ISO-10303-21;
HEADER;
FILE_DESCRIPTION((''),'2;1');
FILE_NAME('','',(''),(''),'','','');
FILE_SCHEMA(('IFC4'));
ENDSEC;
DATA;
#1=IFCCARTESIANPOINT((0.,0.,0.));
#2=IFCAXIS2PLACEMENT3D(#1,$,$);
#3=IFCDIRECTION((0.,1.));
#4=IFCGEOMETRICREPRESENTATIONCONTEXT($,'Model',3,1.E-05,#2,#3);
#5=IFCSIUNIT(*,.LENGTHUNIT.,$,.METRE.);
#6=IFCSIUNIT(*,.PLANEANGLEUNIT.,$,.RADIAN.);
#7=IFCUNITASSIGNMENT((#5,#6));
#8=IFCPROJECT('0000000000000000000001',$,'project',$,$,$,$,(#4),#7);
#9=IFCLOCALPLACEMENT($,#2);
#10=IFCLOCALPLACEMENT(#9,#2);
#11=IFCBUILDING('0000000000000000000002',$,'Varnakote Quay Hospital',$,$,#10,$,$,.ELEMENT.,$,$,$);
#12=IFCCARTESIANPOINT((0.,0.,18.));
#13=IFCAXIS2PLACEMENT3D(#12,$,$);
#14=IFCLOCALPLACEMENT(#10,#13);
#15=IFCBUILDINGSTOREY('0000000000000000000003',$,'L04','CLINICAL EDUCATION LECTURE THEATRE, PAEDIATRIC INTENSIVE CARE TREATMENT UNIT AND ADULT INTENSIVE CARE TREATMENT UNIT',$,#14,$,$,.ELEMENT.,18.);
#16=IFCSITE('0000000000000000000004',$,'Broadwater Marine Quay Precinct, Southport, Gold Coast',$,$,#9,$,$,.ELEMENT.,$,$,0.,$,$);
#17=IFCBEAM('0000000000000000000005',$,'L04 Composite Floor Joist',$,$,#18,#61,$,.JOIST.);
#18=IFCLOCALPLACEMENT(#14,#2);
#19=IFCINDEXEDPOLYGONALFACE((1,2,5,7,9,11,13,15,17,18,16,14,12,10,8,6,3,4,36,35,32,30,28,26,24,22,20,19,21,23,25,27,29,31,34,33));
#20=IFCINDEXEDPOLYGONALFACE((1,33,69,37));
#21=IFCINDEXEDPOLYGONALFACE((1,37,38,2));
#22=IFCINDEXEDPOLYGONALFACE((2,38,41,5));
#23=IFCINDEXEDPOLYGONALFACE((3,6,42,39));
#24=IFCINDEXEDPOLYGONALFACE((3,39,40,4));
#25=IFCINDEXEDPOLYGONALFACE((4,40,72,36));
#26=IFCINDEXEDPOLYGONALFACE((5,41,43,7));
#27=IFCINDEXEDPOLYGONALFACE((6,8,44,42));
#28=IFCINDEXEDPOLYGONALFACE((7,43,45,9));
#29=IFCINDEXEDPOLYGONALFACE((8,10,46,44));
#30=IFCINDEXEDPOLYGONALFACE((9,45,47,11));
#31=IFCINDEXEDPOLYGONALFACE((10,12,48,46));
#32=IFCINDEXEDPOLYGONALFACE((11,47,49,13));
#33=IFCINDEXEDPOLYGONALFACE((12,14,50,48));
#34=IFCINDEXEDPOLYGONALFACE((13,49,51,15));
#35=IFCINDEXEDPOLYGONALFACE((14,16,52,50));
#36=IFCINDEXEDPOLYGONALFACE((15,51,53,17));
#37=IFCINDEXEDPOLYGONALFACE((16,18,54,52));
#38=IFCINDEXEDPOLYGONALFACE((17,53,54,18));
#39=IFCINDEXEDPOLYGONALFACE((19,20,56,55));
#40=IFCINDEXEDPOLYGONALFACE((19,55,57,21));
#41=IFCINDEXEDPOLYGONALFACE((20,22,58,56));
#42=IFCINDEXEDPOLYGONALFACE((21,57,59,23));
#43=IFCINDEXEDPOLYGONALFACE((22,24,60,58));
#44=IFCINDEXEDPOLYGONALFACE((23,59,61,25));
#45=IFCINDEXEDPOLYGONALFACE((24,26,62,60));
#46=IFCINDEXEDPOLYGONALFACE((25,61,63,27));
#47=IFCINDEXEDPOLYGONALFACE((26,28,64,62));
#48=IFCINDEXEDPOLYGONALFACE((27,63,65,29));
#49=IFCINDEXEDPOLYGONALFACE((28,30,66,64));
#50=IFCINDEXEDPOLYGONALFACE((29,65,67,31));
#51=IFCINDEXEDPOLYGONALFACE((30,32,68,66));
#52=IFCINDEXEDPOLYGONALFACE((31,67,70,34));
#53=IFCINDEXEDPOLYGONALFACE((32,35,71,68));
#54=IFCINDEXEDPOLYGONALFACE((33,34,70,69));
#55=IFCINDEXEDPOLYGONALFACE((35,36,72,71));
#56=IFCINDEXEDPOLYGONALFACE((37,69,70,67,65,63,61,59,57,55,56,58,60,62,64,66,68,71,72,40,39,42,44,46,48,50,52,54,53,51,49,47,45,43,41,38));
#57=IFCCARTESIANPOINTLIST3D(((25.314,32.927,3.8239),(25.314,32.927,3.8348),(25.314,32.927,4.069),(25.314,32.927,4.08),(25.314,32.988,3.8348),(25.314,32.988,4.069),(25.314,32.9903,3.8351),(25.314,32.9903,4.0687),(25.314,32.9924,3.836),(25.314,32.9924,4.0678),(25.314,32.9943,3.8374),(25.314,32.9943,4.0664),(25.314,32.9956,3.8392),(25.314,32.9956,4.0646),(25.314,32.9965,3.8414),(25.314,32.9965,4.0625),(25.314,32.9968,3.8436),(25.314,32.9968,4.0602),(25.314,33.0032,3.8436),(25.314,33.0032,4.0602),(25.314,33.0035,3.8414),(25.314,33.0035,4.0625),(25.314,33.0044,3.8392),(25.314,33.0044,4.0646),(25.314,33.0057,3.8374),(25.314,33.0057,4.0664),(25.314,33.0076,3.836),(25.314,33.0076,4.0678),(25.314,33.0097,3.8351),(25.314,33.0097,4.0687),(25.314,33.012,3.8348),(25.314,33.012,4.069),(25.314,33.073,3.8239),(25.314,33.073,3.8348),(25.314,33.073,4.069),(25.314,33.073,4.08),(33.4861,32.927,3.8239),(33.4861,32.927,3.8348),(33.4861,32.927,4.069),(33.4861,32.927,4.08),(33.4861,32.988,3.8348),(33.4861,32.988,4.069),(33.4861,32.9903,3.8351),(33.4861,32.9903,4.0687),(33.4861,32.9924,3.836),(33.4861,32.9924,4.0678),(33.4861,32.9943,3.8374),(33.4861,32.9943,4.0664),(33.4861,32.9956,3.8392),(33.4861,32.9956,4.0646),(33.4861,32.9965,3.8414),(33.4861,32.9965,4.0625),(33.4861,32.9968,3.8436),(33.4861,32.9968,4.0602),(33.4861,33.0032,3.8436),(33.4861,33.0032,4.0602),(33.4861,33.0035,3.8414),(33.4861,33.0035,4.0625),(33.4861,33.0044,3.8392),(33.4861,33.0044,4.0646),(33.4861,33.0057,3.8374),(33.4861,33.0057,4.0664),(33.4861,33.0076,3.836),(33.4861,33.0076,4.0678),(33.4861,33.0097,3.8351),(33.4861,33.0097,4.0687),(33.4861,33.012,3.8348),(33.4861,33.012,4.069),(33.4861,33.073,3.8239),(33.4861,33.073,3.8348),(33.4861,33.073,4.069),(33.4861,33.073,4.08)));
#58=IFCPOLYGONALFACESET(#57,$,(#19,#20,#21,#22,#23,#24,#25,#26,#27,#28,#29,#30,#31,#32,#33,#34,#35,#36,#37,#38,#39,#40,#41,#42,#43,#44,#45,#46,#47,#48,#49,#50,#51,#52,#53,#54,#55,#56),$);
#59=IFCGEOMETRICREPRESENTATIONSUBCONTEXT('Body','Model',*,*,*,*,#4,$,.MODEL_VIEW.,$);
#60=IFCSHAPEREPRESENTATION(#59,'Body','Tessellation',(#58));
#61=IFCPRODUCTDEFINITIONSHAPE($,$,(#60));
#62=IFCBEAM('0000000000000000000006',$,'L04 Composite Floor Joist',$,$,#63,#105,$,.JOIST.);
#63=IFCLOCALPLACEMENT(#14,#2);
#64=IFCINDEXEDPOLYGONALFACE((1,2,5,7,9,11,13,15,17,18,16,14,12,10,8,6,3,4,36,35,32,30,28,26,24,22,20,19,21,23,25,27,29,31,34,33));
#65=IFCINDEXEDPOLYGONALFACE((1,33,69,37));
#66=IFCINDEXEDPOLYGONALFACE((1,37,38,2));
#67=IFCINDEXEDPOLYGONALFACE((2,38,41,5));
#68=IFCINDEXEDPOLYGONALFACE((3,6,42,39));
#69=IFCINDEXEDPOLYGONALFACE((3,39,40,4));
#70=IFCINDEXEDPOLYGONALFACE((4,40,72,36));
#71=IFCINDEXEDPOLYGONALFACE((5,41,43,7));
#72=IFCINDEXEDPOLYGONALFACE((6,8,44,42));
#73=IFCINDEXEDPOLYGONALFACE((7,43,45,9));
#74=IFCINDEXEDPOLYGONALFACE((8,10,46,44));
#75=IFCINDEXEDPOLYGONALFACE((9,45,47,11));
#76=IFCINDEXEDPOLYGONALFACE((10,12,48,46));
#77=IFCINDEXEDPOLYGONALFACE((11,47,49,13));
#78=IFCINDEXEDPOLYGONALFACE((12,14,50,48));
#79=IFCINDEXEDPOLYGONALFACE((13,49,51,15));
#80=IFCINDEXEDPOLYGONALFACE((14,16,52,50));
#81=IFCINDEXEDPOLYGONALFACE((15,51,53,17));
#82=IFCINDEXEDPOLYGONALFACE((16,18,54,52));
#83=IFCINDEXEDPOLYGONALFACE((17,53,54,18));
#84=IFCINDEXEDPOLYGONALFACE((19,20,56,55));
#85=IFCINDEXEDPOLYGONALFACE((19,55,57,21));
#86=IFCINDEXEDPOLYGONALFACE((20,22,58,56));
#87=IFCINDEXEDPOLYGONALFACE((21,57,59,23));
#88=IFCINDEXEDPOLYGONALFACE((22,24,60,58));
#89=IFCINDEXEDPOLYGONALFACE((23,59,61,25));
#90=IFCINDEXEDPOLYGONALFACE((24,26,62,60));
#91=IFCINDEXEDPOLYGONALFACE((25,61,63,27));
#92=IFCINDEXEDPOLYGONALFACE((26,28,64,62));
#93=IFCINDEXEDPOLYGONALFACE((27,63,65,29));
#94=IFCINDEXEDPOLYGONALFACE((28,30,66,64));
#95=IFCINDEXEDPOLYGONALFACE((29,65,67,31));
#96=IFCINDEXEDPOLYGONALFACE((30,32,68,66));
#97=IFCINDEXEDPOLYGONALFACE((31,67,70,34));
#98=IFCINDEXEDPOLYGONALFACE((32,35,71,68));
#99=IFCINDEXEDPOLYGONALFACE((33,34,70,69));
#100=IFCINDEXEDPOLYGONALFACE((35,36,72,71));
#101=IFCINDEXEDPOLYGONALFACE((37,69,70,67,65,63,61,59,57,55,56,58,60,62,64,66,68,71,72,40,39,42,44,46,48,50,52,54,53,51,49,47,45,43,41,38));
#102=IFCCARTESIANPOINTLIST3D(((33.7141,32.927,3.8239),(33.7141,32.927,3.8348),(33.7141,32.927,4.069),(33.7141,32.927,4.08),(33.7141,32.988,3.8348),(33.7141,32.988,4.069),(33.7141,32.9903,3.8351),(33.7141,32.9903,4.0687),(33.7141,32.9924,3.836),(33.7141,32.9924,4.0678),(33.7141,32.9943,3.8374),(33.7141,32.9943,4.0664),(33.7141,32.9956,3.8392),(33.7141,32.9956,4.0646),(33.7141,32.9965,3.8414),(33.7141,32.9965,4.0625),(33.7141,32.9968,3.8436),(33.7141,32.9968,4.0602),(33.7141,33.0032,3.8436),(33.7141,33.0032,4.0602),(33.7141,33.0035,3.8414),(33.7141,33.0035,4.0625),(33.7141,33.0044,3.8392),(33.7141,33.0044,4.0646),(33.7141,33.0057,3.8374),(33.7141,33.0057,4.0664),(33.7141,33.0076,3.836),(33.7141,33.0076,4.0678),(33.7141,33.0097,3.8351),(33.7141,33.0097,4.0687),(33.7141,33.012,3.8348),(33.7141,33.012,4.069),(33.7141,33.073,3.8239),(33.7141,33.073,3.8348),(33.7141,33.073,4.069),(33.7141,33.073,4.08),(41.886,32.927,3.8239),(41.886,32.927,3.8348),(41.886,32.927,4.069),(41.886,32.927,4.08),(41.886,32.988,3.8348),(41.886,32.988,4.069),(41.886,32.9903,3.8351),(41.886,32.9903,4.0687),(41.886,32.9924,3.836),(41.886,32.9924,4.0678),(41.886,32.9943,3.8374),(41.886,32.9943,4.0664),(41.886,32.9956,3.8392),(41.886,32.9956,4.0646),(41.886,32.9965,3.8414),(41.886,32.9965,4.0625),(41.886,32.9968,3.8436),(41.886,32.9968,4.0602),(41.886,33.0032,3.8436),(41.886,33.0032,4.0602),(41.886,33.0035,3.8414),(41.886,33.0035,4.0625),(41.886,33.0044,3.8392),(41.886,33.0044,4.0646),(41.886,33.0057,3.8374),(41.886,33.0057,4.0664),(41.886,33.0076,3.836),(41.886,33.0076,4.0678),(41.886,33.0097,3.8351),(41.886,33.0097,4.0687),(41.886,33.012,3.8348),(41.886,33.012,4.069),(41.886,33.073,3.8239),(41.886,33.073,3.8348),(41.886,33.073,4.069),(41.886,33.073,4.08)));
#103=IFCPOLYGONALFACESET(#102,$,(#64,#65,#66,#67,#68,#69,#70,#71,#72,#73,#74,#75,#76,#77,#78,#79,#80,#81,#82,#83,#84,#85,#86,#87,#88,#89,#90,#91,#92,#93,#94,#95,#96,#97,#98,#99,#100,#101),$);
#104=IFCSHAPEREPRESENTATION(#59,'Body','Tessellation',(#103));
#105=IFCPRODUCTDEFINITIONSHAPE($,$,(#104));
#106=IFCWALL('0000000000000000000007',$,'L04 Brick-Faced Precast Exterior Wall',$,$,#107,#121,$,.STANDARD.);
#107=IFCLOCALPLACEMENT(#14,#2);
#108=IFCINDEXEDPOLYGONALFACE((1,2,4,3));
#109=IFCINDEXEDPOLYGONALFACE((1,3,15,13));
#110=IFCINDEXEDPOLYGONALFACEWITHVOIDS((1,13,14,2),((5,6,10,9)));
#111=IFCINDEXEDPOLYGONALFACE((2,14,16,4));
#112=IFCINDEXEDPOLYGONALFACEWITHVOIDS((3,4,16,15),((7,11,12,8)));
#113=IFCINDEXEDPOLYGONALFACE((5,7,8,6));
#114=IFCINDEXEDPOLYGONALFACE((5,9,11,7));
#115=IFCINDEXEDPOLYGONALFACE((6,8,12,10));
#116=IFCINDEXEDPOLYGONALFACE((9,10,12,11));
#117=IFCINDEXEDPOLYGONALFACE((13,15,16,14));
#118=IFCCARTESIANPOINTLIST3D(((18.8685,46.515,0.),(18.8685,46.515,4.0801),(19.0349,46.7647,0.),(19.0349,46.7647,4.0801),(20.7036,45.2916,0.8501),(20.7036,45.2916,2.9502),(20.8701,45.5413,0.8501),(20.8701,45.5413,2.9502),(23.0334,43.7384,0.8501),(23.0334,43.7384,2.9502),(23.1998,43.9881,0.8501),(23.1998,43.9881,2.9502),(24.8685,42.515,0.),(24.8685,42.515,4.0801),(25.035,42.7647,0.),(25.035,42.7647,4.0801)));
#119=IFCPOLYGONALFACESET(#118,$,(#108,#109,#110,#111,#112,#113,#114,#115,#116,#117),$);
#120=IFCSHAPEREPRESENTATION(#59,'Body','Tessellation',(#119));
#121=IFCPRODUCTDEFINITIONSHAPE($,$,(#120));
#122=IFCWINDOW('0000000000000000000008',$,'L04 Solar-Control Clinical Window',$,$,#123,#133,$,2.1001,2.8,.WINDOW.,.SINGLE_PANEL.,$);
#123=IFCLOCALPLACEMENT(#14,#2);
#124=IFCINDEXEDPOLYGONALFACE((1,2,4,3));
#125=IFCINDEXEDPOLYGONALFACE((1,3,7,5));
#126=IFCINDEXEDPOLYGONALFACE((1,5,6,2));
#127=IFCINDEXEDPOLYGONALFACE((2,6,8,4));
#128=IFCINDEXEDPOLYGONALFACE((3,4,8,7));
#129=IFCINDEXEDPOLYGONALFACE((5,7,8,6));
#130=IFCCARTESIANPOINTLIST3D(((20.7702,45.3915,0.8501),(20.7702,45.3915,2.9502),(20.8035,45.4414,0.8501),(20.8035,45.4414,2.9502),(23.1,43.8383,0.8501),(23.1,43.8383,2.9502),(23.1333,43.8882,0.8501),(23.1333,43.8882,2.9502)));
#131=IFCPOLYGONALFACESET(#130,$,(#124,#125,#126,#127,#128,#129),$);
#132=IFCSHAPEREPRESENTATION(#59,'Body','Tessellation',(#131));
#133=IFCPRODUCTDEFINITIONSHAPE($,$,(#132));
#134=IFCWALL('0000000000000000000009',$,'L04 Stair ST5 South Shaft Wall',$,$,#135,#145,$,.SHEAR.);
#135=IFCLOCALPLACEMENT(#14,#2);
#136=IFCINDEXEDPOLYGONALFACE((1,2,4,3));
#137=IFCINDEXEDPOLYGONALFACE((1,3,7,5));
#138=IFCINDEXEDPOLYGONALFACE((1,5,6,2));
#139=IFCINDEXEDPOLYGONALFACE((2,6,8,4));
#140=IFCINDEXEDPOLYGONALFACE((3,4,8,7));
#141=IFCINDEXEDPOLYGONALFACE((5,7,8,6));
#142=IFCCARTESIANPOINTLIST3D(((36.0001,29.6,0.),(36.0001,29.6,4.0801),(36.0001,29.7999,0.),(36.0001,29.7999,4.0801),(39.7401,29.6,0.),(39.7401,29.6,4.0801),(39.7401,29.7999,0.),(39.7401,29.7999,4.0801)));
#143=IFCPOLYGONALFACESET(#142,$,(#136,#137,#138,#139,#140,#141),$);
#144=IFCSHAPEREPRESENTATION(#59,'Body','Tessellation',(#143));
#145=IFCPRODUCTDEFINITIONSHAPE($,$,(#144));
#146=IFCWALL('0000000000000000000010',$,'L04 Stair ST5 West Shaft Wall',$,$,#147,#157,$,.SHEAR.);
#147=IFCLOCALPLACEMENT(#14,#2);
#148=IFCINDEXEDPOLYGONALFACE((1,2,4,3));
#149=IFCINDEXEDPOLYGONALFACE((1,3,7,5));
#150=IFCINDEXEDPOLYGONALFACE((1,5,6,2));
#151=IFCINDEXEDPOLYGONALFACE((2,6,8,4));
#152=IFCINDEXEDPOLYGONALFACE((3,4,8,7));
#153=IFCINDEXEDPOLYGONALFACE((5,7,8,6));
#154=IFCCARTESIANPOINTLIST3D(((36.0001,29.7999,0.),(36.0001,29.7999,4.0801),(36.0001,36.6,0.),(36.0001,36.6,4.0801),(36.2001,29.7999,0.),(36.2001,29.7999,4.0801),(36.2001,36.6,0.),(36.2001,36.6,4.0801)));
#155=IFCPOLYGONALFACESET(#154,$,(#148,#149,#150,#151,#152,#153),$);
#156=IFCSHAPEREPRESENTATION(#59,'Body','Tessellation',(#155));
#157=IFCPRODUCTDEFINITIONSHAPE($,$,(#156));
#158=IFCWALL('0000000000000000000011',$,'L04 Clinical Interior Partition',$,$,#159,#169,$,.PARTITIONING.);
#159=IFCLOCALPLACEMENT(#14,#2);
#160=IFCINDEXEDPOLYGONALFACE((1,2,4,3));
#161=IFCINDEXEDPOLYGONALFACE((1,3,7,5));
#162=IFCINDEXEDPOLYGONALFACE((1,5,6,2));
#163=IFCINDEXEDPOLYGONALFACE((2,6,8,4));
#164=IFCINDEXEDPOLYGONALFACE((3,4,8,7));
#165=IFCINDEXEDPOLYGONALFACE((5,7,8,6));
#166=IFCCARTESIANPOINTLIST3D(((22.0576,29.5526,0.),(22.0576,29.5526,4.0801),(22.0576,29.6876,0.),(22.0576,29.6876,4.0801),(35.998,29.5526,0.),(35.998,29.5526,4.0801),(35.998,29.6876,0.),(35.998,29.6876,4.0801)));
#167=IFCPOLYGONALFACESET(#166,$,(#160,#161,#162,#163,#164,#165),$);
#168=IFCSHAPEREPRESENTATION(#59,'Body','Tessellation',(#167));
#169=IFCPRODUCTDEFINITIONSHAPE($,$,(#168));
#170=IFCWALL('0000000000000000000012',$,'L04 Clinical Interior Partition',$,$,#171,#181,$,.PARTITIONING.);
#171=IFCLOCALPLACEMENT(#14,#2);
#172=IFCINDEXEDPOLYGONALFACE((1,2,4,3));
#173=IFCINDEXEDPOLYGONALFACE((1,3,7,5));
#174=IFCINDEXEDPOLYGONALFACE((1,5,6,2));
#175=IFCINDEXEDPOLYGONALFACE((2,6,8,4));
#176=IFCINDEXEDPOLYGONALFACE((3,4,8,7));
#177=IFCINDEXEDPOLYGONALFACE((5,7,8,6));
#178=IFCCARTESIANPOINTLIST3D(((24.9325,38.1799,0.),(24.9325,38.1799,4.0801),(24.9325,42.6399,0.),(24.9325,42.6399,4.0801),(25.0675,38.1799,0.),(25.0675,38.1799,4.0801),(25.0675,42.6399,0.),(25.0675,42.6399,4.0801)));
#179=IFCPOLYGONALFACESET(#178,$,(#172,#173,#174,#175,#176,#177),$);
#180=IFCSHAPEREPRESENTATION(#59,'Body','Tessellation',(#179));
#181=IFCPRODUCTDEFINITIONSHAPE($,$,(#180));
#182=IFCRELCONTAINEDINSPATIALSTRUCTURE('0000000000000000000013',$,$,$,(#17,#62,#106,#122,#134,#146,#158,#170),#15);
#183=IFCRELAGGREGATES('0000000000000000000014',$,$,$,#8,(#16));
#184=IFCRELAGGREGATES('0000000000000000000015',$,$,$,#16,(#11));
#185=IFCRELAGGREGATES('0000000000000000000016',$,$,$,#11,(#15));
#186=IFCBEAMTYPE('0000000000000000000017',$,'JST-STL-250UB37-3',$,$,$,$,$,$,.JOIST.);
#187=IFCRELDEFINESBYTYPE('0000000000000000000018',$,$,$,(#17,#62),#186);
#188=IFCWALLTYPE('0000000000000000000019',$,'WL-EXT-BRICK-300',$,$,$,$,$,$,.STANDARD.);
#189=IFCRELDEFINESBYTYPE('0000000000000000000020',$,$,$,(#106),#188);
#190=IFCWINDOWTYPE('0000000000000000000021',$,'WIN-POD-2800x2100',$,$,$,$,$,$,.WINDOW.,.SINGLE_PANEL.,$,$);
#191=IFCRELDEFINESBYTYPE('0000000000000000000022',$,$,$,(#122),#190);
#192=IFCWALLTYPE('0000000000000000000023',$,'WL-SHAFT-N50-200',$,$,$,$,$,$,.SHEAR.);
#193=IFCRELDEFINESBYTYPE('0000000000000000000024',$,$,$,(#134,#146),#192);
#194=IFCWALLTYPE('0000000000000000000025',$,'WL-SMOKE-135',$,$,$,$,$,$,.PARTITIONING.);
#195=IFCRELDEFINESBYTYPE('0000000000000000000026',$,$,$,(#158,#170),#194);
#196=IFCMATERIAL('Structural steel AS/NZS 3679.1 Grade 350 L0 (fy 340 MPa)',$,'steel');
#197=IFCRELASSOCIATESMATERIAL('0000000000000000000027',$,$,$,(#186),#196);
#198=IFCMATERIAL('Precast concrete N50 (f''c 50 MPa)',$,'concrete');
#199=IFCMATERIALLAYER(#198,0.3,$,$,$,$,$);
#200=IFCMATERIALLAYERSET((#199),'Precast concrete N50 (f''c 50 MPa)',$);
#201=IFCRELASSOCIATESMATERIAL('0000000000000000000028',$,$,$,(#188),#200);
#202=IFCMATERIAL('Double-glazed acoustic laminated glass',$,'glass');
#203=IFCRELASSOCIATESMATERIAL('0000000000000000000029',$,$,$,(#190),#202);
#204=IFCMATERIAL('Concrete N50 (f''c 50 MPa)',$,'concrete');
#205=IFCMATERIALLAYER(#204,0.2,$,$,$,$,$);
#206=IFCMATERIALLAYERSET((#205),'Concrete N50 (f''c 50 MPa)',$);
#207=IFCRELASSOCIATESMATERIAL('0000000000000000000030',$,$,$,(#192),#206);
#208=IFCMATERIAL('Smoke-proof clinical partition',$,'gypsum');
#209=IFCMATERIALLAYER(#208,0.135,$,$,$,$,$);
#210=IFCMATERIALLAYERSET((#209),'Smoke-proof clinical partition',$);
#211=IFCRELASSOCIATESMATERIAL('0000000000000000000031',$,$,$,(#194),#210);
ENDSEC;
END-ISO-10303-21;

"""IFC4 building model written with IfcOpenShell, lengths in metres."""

from ifc_helpers import new_model, si_unit, direction, frame, frame_2d, origin, origin_2d, place, context, subcontext, project, spatial, rectangle, i_section, extrude, material, layer, layer_set, material_profile, profile_set, type_object, element, fill, save


model = new_model("IFC4")

# Units and contexts
model_context = context("Model", 3, precision=1e-05, world=origin(), true_north=direction((0.0, 1.0)))
body_context = subcontext(model_context, "Body", "Model", "MODEL_VIEW")
ifc_project = project(units=[si_unit("LENGTHUNIT", "METRE"), si_unit("PLANEANGLEUNIT", "RADIAN")], contexts=[model_context])

# Site, building, storey
site_placement = place(None, origin())
site = spatial("IfcSite", under=ifc_project, at=site_placement, Name="Broadwater Marine Quay Precinct, Southport, Gold Coast", CompositionType="ELEMENT", RefElevation=0.0)
building_placement = place(site_placement, origin())
building = spatial("IfcBuilding", under=site, at=building_placement, Name="Varnakote Quay Hospital", CompositionType="ELEMENT")
storey_placement = place(building_placement, frame((0.0, 0.0, 18.0)))
storey = spatial("IfcBuildingStorey", under=building, at=storey_placement, Name="L04", Description="CLINICAL EDUCATION LECTURE THEATRE, PAEDIATRIC INTENSIVE CARE TREATMENT UNIT AND ADULT INTENSIVE CARE TREATMENT UNIT", CompositionType="ELEMENT", Elevation=18.0)

# Beams
ifc_material_1 = material(Name="Structural steel AS/NZS 3679.1 Grade 350 L0 (fy 340 MPa)", Category="steel")
ifc_material_profile_1 = material_profile(ifc_material_1, i_section(OverallWidth=0.146, OverallDepth=0.2561, WebThickness=0.0063, FlangeThickness=0.011, FilletRadius=0.0088, at=origin_2d()), Name="250UB37.3")
ifc_profile_set_1 = profile_set([ifc_material_profile_1], Name="Structural steel AS/NZS 3679.1 Grade 350 L0 (fy 340 MPa)")
beam_type_1 = type_object("IfcBeamType", Name="JST-STL-250UB37-3", PredefinedType="JOIST", material=ifc_profile_set_1)
beam_1_placement = place(storey_placement, frame((25.314, 33.0, 3.9519), z_axis=(1.0, 0.0, 0.0), x_axis=(0.0, 1.0, 0.0)))
element("IfcBeam", 1, at=beam_1_placement, inside=storey, type_object=beam_type_1, Name="L04 Composite Floor Joist", PredefinedType="JOIST", context=body_context, shape_type="SweptSolid", body=[
    extrude(i_section(OverallWidth=0.146, OverallDepth=0.2561, WebThickness=0.0063, FlangeThickness=0.011, FilletRadius=0.0088, at=origin_2d()), origin(), (0.0, 0.0, 1.0), 8.1721),
])
beam_2_placement = place(storey_placement, frame((33.7141, 33.0, 3.9519), z_axis=(1.0, 0.0, 0.0), x_axis=(0.0, 1.0, 0.0)))
element("IfcBeam", 2, at=beam_2_placement, inside=storey, type_object=beam_type_1, Name="L04 Composite Floor Joist", PredefinedType="JOIST", context=body_context, shape_type="SweptSolid", body=[
    extrude(i_section(OverallWidth=0.146, OverallDepth=0.2561, WebThickness=0.0063, FlangeThickness=0.011, FilletRadius=0.0088, at=origin_2d()), origin(), (0.0, 0.0, 1.0), 8.1719),
])

# Wall, opening, window
ifc_material_2 = material(Name="Precast concrete N50 (f'c 50 MPa)", Category="concrete")
ifc_layer_1 = layer(ifc_material_2, 0.3)
ifc_layer_set_1 = layer_set([ifc_layer_1], Name="Precast concrete N50 (f'c 50 MPa)")
wall_type_1 = type_object("IfcWallType", Name="WL-EXT-BRICK-300", PredefinedType="STANDARD", material=ifc_layer_set_1)
wall_1_placement = place(storey_placement, frame((24.9517, 42.6399, 0.0), z_axis=(0.0, 0.0, 1.0), x_axis=(-0.83205, 0.5547, 0.0)))
wall_1 = element("IfcWall", 3, at=wall_1_placement, inside=storey, type_object=wall_type_1, Name="L04 Brick-Faced Precast Exterior Wall", PredefinedType="STANDARD", context=body_context, shape_type="SweptSolid", body=[
    extrude(rectangle(XDim=7.2112, YDim=0.3, at=frame_2d((3.6055, 0.0))), origin(), (0.0, 0.0, 1.0), 4.0801),
])
opening_1_placement = place(wall_1_placement, frame((2.2056, 0.0, 0.8501)))
opening_1 = element("IfcOpeningElement", 4, at=opening_1_placement, cuts=wall_1, PredefinedType="OPENING", context=body_context, shape_type="SweptSolid", body=[
    extrude(rectangle(XDim=2.8, YDim=2.1001, at=frame_2d((1.3999, 1.05))), frame((0.0, 0.1599, 0.0), z_axis=(0.0, -1.0, 0.0), x_axis=(1.0, 0.0, 0.0)), (0.0, 0.0, 1.0), 0.3201),
])
ifc_material_3 = material(Name="Double-glazed acoustic laminated glass", Category="glass")
window_type = type_object("IfcWindowType", Name="WIN-POD-2800x2100", PartitioningType="SINGLE_PANEL", PredefinedType="WINDOW", material=ifc_material_3)
window_placement = place(opening_1_placement, origin())
window = element("IfcWindow", 5, at=window_placement, inside=storey, type_object=window_type, Name="L04 Solar-Control Clinical Window", OverallHeight=2.1001, OverallWidth=2.8, PartitioningType="SINGLE_PANEL", PredefinedType="WINDOW", context=body_context, shape_type="SweptSolid", body=[
    extrude(rectangle(XDim=2.8, YDim=2.1001, at=frame_2d((1.3999, 1.05))), frame((0.0, 0.03, 0.0), z_axis=(0.0, -1.0, 0.0), x_axis=(1.0, 0.0, 0.0)), (0.0, 0.0, 1.0), 0.0601),
])
fill(opening_1, window)

# Walls
ifc_material_4 = material(Name="Concrete N50 (f'c 50 MPa)", Category="concrete")
ifc_layer_2 = layer(ifc_material_4, 0.2)
ifc_layer_set_2 = layer_set([ifc_layer_2], Name="Concrete N50 (f'c 50 MPa)")
wall_type_2 = type_object("IfcWallType", Name="WL-SHAFT-N50-200", PredefinedType="SHEAR", material=ifc_layer_set_2)
wall_2_placement = place(storey_placement, frame((36.0, 29.7, 0.0), z_axis=(0.0, 0.0, 1.0), x_axis=(1.0, 0.0, 0.0)))
element("IfcWall", 6, at=wall_2_placement, inside=storey, type_object=wall_type_2, Name="L04 Stair ST5 South Shaft Wall", PredefinedType="SHEAR", context=body_context, shape_type="SweptSolid", body=[
    extrude(rectangle(XDim=3.74, YDim=0.2, at=frame_2d((1.8701, 0.0))), origin(), (0.0, 0.0, 1.0), 4.0801),
])
wall_3_placement = place(storey_placement, frame((36.1001, 29.8, 0.0), z_axis=(0.0, 0.0, 1.0), x_axis=(0.0, 1.0, 0.0)))
element("IfcWall", 7, at=wall_3_placement, inside=storey, type_object=wall_type_2, Name="L04 Stair ST5 West Shaft Wall", PredefinedType="SHEAR", context=body_context, shape_type="SweptSolid", body=[
    extrude(rectangle(XDim=6.8, YDim=0.2, at=frame_2d((3.3999, 0.0))), origin(), (0.0, 0.0, 1.0), 4.0801),
])

# Walls
ifc_material_5 = material(Name="Smoke-proof clinical partition", Category="gypsum")
ifc_layer_3 = layer(ifc_material_5, 0.135)
ifc_layer_set_3 = layer_set([ifc_layer_3], Name="Smoke-proof clinical partition")
wall_type_3 = type_object("IfcWallType", Name="WL-SMOKE-135", PredefinedType="PARTITIONING", material=ifc_layer_set_3)
wall_4_placement = place(storey_placement, frame((35.998, 29.6201, 0.0), z_axis=(0.0, 0.0, 1.0), x_axis=(-1.0, 0.0, 0.0)))
element("IfcWall", 8, at=wall_4_placement, inside=storey, type_object=wall_type_3, Name="L04 Clinical Interior Partition", PredefinedType="PARTITIONING", context=body_context, shape_type="SweptSolid", body=[
    extrude(rectangle(XDim=13.9404, YDim=0.135, at=frame_2d((6.9702, 0.0))), origin(), (0.0, 0.0, 1.0), 4.0801),
])
wall_5_placement = place(storey_placement, frame((25.0, 42.6399, 0.0), z_axis=(0.0, 0.0, 1.0), x_axis=(0.0, -1.0, 0.0)))
element("IfcWall", 9, at=wall_5_placement, inside=storey, type_object=wall_type_3, Name="L04 Clinical Interior Partition", PredefinedType="PARTITIONING", context=body_context, shape_type="SweptSolid", body=[
    extrude(rectangle(XDim=4.46, YDim=0.135, at=frame_2d((2.23, 0.0))), origin(), (0.0, 0.0, 1.0), 4.0801),
])

save(model, "model.ifc")
